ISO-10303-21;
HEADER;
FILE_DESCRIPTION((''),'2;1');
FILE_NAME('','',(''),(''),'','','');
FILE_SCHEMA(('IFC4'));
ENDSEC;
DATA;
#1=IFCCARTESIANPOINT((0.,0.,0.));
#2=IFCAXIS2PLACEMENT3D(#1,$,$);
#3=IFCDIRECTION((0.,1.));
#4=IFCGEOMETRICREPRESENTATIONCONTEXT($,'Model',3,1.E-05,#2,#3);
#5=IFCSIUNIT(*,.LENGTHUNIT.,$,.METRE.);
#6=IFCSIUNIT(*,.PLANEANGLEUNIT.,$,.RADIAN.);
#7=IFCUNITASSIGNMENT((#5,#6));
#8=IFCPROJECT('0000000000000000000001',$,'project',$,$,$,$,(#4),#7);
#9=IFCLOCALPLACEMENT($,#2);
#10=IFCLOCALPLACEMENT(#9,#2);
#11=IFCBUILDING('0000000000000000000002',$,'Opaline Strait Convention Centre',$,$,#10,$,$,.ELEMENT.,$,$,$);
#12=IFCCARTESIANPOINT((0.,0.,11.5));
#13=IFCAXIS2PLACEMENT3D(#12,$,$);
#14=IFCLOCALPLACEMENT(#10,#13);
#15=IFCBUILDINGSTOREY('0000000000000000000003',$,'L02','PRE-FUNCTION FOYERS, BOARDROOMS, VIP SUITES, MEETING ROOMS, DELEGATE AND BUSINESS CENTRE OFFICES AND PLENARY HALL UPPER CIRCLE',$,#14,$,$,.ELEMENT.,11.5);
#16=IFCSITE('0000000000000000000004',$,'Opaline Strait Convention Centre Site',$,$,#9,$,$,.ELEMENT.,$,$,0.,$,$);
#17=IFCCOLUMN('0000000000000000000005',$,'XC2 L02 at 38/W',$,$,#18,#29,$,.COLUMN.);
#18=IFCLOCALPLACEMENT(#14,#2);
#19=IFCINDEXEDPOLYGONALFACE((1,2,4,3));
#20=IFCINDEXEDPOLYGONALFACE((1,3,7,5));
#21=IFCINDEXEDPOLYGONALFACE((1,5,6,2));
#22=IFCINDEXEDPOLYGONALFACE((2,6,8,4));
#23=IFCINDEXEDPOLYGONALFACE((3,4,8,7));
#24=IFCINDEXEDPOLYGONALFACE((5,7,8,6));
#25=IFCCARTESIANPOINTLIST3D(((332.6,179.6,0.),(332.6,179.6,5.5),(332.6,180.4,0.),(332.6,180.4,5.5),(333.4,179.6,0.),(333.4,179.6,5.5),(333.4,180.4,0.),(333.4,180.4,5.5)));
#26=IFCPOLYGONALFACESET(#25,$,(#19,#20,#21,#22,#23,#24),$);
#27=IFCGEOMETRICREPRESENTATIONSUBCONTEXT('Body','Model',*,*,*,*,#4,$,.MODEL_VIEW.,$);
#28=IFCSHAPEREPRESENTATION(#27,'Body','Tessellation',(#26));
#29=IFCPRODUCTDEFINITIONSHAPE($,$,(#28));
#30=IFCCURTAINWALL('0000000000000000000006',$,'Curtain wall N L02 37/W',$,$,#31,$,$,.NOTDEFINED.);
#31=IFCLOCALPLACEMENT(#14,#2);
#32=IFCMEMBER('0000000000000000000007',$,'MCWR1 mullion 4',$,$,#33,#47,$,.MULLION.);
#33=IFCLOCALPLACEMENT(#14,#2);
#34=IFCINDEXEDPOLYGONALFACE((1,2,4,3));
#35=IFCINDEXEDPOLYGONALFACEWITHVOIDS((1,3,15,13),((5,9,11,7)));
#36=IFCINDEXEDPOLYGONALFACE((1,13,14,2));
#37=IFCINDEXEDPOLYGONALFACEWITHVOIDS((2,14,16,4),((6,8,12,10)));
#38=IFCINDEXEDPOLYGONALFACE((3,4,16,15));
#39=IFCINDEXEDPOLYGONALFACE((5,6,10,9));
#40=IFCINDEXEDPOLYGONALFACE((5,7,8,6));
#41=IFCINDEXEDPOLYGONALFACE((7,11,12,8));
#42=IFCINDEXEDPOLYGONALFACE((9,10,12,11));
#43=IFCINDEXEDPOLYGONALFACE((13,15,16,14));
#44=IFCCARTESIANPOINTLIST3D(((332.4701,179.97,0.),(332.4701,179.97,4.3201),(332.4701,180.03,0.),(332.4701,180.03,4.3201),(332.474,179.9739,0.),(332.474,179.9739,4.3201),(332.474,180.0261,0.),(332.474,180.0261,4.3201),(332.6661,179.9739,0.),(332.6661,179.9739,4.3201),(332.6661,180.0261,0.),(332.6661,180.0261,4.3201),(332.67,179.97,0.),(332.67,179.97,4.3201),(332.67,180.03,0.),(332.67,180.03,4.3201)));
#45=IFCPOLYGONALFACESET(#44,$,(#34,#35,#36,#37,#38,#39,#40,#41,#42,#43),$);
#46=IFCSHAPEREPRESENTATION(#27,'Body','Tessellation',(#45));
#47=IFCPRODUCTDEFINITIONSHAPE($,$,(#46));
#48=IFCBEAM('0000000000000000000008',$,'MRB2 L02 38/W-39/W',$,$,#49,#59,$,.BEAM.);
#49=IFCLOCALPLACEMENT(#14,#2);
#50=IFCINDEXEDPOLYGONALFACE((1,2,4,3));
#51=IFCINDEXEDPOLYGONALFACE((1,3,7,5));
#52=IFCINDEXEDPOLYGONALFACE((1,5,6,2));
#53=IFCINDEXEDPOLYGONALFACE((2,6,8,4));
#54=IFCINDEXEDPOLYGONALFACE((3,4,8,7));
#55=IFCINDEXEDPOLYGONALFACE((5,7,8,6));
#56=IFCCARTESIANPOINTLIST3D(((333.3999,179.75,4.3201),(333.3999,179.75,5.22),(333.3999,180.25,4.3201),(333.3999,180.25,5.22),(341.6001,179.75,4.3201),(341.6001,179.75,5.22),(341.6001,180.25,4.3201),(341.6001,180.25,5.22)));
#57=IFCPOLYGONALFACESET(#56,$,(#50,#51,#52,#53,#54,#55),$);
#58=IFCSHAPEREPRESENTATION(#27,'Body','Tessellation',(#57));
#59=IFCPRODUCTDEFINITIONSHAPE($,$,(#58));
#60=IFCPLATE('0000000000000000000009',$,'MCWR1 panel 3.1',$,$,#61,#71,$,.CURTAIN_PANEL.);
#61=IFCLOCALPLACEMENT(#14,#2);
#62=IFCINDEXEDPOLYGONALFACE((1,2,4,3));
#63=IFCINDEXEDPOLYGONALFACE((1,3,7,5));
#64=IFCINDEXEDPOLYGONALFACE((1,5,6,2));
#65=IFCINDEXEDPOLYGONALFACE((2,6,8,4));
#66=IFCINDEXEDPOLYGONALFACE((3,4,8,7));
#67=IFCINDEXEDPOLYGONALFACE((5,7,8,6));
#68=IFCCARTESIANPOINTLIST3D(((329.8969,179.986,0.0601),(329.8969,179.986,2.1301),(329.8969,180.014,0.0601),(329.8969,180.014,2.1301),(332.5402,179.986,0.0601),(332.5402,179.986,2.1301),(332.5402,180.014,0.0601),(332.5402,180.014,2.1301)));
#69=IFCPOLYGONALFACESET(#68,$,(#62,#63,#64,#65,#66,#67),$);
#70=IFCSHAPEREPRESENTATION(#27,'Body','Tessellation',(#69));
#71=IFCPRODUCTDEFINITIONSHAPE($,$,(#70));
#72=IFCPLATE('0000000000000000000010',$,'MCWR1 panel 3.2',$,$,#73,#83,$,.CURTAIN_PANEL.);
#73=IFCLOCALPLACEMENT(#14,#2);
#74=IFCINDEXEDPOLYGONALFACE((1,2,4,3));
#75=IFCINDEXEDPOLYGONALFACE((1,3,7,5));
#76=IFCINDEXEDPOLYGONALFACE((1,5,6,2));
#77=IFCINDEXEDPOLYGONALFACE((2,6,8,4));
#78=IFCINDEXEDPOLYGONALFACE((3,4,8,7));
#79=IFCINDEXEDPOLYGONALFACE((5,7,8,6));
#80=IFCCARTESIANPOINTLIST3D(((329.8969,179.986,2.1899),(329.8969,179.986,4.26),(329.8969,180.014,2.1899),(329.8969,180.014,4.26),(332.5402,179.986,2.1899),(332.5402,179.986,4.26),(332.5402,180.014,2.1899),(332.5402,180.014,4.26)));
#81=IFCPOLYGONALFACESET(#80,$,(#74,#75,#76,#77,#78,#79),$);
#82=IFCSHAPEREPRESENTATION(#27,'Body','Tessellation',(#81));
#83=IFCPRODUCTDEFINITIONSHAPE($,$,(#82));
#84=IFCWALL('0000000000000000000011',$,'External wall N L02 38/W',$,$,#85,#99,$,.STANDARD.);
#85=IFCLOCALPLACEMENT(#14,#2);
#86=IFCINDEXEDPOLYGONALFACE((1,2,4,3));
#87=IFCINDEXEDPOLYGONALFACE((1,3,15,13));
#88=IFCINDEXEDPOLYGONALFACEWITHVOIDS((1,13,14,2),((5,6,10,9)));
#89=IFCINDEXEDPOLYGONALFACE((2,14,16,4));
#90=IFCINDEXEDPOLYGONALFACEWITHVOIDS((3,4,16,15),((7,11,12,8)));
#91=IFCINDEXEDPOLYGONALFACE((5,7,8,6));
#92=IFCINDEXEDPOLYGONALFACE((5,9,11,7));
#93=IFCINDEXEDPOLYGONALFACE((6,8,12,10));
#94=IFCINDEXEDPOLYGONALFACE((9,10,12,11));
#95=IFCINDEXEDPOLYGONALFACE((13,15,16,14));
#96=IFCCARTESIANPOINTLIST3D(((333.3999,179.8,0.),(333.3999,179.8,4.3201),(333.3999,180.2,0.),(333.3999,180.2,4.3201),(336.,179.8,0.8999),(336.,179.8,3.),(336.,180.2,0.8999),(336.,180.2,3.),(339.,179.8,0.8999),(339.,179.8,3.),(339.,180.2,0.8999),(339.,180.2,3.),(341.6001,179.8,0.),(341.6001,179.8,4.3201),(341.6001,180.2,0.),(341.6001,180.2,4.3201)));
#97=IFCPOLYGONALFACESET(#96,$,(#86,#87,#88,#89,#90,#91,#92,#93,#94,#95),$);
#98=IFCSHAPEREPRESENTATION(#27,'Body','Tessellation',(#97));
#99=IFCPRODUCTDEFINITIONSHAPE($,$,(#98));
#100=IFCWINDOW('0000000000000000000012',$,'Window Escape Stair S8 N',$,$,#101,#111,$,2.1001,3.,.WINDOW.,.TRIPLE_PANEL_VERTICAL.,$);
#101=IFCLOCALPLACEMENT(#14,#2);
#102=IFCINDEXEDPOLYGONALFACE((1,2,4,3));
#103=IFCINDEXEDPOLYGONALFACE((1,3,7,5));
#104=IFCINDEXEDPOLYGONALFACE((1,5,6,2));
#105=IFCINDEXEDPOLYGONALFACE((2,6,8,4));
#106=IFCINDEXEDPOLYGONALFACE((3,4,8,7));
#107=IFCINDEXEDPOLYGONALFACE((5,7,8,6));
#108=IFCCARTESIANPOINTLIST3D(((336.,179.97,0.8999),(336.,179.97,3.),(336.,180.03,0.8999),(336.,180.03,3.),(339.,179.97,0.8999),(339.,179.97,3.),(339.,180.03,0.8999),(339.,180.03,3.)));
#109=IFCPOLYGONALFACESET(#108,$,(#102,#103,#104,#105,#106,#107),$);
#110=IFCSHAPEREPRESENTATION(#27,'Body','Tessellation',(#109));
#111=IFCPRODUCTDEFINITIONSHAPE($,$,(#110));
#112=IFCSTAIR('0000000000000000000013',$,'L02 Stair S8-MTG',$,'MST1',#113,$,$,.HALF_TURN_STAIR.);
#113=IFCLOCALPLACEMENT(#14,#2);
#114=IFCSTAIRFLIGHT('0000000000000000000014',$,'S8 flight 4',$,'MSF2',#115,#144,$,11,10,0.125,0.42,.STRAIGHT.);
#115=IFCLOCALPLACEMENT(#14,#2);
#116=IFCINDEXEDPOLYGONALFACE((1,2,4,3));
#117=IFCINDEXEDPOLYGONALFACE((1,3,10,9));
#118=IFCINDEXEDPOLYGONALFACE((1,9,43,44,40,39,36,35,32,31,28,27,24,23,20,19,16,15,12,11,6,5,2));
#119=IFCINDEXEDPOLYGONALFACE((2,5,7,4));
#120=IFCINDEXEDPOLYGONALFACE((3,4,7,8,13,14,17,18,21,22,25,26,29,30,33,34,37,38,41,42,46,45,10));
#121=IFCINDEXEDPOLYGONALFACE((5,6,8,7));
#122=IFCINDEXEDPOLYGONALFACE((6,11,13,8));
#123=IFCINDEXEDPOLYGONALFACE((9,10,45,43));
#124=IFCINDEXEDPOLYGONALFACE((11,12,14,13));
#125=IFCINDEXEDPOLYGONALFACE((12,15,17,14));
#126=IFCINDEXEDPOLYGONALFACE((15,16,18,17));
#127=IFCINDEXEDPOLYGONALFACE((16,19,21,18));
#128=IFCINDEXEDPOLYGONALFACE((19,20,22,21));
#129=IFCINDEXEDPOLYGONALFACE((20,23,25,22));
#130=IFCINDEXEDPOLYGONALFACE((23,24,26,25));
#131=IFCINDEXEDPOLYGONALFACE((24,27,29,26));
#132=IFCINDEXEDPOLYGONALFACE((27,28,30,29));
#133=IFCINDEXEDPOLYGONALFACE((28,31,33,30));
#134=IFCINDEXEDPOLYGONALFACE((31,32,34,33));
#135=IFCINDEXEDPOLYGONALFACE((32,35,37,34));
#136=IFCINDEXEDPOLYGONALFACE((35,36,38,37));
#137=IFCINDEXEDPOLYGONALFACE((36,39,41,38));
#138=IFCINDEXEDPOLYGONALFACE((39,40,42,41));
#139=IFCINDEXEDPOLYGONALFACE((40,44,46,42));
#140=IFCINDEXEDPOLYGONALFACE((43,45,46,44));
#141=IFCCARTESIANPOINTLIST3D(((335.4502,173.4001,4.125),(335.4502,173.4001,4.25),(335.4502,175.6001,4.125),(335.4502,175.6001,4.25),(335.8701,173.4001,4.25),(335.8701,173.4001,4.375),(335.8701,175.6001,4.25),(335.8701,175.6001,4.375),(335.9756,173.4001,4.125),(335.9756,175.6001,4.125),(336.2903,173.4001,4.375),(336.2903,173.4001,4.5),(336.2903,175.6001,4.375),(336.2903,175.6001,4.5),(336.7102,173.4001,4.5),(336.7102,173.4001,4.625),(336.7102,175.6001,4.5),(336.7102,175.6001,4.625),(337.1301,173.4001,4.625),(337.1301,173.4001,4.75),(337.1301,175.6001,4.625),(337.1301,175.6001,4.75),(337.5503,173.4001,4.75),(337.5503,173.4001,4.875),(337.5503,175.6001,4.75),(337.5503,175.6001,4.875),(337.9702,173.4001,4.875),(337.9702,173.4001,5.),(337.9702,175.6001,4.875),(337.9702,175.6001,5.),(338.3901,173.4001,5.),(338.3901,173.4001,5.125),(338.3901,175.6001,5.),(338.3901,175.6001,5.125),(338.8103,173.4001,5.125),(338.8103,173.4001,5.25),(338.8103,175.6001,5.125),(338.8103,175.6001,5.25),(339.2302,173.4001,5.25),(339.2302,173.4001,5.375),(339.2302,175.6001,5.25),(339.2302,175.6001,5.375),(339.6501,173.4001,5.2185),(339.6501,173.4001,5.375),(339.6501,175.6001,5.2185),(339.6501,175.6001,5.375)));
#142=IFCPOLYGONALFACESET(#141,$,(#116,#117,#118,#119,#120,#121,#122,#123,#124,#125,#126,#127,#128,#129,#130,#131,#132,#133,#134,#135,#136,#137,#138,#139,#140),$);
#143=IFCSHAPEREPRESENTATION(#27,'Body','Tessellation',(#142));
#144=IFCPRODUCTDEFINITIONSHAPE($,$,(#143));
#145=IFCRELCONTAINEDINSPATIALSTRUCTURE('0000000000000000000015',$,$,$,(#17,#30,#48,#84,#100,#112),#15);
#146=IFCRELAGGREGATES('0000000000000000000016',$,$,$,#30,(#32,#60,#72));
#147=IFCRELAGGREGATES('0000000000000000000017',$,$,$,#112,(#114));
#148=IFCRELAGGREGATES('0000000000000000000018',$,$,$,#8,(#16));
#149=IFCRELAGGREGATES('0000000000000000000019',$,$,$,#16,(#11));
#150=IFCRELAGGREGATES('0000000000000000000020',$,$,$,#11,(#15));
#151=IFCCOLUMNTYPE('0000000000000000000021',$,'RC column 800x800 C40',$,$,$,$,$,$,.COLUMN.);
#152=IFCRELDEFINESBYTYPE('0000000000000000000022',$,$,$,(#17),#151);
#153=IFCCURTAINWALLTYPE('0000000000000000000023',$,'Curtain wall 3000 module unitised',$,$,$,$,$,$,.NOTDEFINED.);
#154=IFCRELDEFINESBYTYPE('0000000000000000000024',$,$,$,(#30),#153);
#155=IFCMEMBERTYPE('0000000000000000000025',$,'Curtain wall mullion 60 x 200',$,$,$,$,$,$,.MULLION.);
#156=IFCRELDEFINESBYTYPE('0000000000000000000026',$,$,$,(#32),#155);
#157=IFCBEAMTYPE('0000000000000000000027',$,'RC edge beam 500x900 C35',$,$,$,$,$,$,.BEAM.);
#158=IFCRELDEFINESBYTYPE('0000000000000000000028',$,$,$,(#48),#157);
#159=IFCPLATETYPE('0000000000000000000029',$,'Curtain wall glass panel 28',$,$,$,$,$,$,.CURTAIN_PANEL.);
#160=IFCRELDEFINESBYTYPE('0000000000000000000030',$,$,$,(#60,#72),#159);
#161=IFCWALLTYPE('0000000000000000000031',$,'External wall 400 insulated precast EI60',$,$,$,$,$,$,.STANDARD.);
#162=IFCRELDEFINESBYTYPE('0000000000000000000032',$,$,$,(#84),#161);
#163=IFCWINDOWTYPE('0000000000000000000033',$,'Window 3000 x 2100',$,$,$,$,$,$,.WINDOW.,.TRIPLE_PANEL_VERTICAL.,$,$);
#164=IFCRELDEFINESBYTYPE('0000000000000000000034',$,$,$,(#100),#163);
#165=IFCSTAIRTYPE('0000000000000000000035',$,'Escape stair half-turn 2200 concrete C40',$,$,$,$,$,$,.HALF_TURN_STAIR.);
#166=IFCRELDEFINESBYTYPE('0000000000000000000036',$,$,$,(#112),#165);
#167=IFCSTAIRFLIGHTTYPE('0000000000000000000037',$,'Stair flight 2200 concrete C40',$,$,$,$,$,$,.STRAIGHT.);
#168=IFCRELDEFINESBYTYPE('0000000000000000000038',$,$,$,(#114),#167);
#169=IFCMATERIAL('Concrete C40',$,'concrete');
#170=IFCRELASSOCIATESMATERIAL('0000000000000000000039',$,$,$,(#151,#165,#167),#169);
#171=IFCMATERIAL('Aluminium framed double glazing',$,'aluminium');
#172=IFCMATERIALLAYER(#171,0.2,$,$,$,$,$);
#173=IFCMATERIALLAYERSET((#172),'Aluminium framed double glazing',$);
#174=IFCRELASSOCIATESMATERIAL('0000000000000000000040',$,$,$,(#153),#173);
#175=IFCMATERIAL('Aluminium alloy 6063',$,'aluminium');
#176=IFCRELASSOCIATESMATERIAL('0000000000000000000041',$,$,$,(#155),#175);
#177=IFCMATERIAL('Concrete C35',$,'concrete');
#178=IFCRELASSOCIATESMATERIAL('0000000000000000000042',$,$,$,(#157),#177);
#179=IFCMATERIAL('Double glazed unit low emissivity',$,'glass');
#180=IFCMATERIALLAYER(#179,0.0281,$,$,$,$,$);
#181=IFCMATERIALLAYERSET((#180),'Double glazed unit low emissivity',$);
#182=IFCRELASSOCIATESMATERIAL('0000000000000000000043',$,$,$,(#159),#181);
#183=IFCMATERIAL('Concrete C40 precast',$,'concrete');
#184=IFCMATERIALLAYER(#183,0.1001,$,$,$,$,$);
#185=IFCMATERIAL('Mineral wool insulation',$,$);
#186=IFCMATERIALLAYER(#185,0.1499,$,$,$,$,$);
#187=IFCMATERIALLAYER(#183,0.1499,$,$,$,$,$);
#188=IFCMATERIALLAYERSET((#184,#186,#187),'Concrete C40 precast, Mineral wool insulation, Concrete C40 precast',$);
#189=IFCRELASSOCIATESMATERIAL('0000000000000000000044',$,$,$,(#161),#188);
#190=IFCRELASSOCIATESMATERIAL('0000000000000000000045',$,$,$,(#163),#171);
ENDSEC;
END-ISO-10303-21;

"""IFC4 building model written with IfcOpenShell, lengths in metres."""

from ifc_helpers import new_model, si_unit, direction, frame, frame_2d, origin, origin_2d, place, context, subcontext, project, spatial, polyline, rectangle, hollow_rectangle, outline, extrude, material, layer, layer_set, material_profile, profile_set, type_object, element, fill, aggregate, save


model = new_model("IFC4")

# Units and contexts
model_context = context("Model", 3, precision=1e-05, world=origin(), true_north=direction((0.0, 1.0)))
body_context = subcontext(model_context, "Body", "Model", "MODEL_VIEW")
ifc_project = project(units=[si_unit("LENGTHUNIT", "METRE"), si_unit("PLANEANGLEUNIT", "RADIAN")], contexts=[model_context])

# Site, building, storey
site_placement = place(None, origin())
site = spatial("IfcSite", under=ifc_project, at=site_placement, Name="Opaline Strait Convention Centre Site", CompositionType="ELEMENT", RefElevation=0.0)
building_placement = place(site_placement, origin())
building = spatial("IfcBuilding", under=site, at=building_placement, Name="Opaline Strait Convention Centre", CompositionType="ELEMENT")
storey_placement = place(building_placement, frame((0.0, 0.0, 11.5)))
storey = spatial("IfcBuildingStorey", under=building, at=storey_placement, Name="L02", Description="PRE-FUNCTION FOYERS, BOARDROOMS, VIP SUITES, MEETING ROOMS, DELEGATE AND BUSINESS CENTRE OFFICES AND PLENARY HALL UPPER CIRCLE", CompositionType="ELEMENT", Elevation=11.5)

# Column
ifc_material_1 = material(Name="Concrete C40", Category="concrete")
ifc_material_profile_1 = material_profile(ifc_material_1, rectangle(XDim=0.8, YDim=0.8, at=origin_2d()), Name="RC 800x800")
ifc_profile_set_1 = profile_set([ifc_material_profile_1], Name="Concrete C40")
column_type = type_object("IfcColumnType", Name="RC column 800x800 C40", PredefinedType="COLUMN", material=ifc_profile_set_1)
column_placement = place(storey_placement, frame((333.0, 180.0, 0.0), z_axis=(0.0, 0.0, 1.0), x_axis=(1.0, 0.0, 0.0)))
element("IfcColumn", 1, at=column_placement, inside=storey, type_object=column_type, Name="XC2 L02 at 38/W", PredefinedType="COLUMN", context=body_context, shape_type="SweptSolid", body=[
    extrude(rectangle(XDim=0.8, YDim=0.8, at=origin_2d()), origin(), (0.0, 0.0, 1.0), 5.5),
])

# Curtain wall, member
ifc_material_2 = material(Name="Aluminium framed double glazing", Category="aluminium")
ifc_layer_1 = layer(ifc_material_2, 0.2)
ifc_layer_set_1 = layer_set([ifc_layer_1], Name="Aluminium framed double glazing")
curtain_wall_type = type_object("IfcCurtainWallType", Name="Curtain wall 3000 module unitised", PredefinedType="NOTDEFINED", material=ifc_layer_set_1)
curtain_wall_placement = place(storey_placement, origin())
curtain_wall = element("IfcCurtainWall", 2, at=curtain_wall_placement, inside=storey, type_object=curtain_wall_type, Name="Curtain wall N L02 37/W", PredefinedType="NOTDEFINED")
ifc_material_3 = material(Name="Aluminium alloy 6063", Category="aluminium")
ifc_material_profile_2 = material_profile(ifc_material_3, hollow_rectangle(XDim=0.0601, YDim=0.2, WallThickness=0.0039, at=origin_2d()), Name="MULLION 60x200x4")
ifc_profile_set_2 = profile_set([ifc_material_profile_2], Name="Aluminium alloy 6063")
member_type = type_object("IfcMemberType", Name="Curtain wall mullion 60 x 200", PredefinedType="MULLION", material=ifc_profile_set_2)
member_placement = place(storey_placement, frame((332.5701, 180.0, 0.0), z_axis=(0.0, 0.0, 1.0), x_axis=(0.0, 1.0, 0.0)))
member = element("IfcMember", 3, at=member_placement, type_object=member_type, Name="MCWR1 mullion 4", PredefinedType="MULLION", context=body_context, shape_type="SweptSolid", body=[
    extrude(hollow_rectangle(XDim=0.0601, YDim=0.2, WallThickness=0.0039, at=origin_2d()), origin(), (0.0, 0.0, 1.0), 4.3201),
])

# Beam
ifc_material_4 = material(Name="Concrete C35", Category="concrete")
ifc_material_profile_3 = material_profile(ifc_material_4, rectangle(XDim=0.5, YDim=0.8999, at=origin_2d()), Name="RC 500x900")
ifc_profile_set_3 = profile_set([ifc_material_profile_3], Name="Concrete C35")
beam_type = type_object("IfcBeamType", Name="RC edge beam 500x900 C35", PredefinedType="BEAM", material=ifc_profile_set_3)
beam_placement = place(storey_placement, frame((333.3999, 180.0, 4.77), z_axis=(1.0, 0.0, 0.0), x_axis=(0.0, 1.0, 0.0)))
element("IfcBeam", 4, at=beam_placement, inside=storey, type_object=beam_type, Name="MRB2 L02 38/W-39/W", PredefinedType="BEAM", context=body_context, shape_type="SweptSolid", body=[
    extrude(rectangle(XDim=0.5, YDim=0.8999, at=origin_2d()), origin(), (0.0, 0.0, 1.0), 8.2002),
])

# Plates
ifc_material_5 = material(Name="Double glazed unit low emissivity", Category="glass")
ifc_layer_2 = layer(ifc_material_5, 0.0281)
ifc_layer_set_2 = layer_set([ifc_layer_2], Name="Double glazed unit low emissivity")
plate_type = type_object("IfcPlateType", Name="Curtain wall glass panel 28", PredefinedType="CURTAIN_PANEL", material=ifc_layer_set_2)
plate_1_placement = place(storey_placement, frame((331.2185, 180.0, 0.0601), z_axis=(0.0, 0.0, 1.0), x_axis=(1.0, 0.0, 0.0)))
plate_1 = element("IfcPlate", 5, at=plate_1_placement, type_object=plate_type, Name="MCWR1 panel 3.1", PredefinedType="CURTAIN_PANEL", context=body_context, shape_type="SweptSolid", body=[
    extrude(rectangle(XDim=2.6433, YDim=0.0281, at=origin_2d()), origin(), (0.0, 0.0, 1.0), 2.0701),
])
plate_2_placement = place(storey_placement, frame((331.2185, 180.0, 2.1899), z_axis=(0.0, 0.0, 1.0), x_axis=(1.0, 0.0, 0.0)))
plate_2 = element("IfcPlate", 6, at=plate_2_placement, type_object=plate_type, Name="MCWR1 panel 3.2", PredefinedType="CURTAIN_PANEL", context=body_context, shape_type="SweptSolid", body=[
    extrude(rectangle(XDim=2.6433, YDim=0.0281, at=origin_2d()), origin(), (0.0, 0.0, 1.0), 2.0701),
])
aggregate(curtain_wall, [member, plate_1, plate_2])

# Wall, opening, window
ifc_material_6 = material(Name="Concrete C40 precast", Category="concrete")
ifc_layer_3 = layer(ifc_material_6, 0.1001)
ifc_material_7 = material(Name="Mineral wool insulation")
ifc_layer_4 = layer(ifc_material_7, 0.1499)
ifc_layer_5 = layer(ifc_material_6, 0.1499)
ifc_layer_set_3 = layer_set([ifc_layer_3, ifc_layer_4, ifc_layer_5], Name="Concrete C40 precast, Mineral wool insulation, Concrete C40 precast")
wall_type = type_object("IfcWallType", Name="External wall 400 insulated precast EI60", PredefinedType="STANDARD", material=ifc_layer_set_3)
wall_placement = place(storey_placement, frame((333.3999, 180.0, 0.0), z_axis=(0.0, 0.0, 1.0), x_axis=(1.0, 0.0, 0.0)))
wall = element("IfcWall", 7, at=wall_placement, inside=storey, type_object=wall_type, Name="External wall N L02 38/W", PredefinedType="STANDARD", context=body_context, shape_type="SweptSolid", body=[
    extrude(rectangle(XDim=8.2002, YDim=0.3999, at=frame_2d((4.1001, 0.0))), origin(), (0.0, 0.0, 1.0), 4.3201),
])
opening_placement = place(wall_placement, frame((2.6001, 0.0, 0.8999)))
opening = element("IfcOpeningElement", 8, at=opening_placement, cuts=wall, PredefinedType="OPENING", context=body_context, shape_type="SweptSolid", body=[
    extrude(rectangle(XDim=3.0, YDim=2.1001, at=frame_2d((1.5, 1.05))), frame((0.0, 0.21, 0.0), z_axis=(0.0, -1.0, 0.0), x_axis=(1.0, 0.0, 0.0)), (0.0, 0.0, 1.0), 0.4199),
])
window_type = type_object("IfcWindowType", Name="Window 3000 x 2100", PartitioningType="TRIPLE_PANEL_VERTICAL", PredefinedType="WINDOW", material=ifc_material_2)
window_placement = place(opening_placement, origin())
window = element("IfcWindow", 9, at=window_placement, inside=storey, type_object=window_type, Name="Window Escape Stair S8 N", OverallHeight=2.1001, OverallWidth=3.0, PartitioningType="TRIPLE_PANEL_VERTICAL", PredefinedType="WINDOW", context=body_context, shape_type="SweptSolid", body=[
    extrude(rectangle(XDim=3.0, YDim=2.1001, at=frame_2d((1.5, 1.05))), frame((0.0, 0.03, 0.0), z_axis=(0.0, -1.0, 0.0), x_axis=(1.0, 0.0, 0.0)), (0.0, 0.0, 1.0), 0.0601),
])
fill(opening, window)

# Stair, stair flight
stair_type = type_object("IfcStairType", Name="Escape stair half-turn 2200 concrete C40", PredefinedType="HALF_TURN_STAIR", material=ifc_material_1)
stair_placement = place(storey_placement, origin())
stair = element("IfcStair", 10, at=stair_placement, inside=storey, type_object=stair_type, Name="L02 Stair S8-MTG", ObjectType="MST1", PredefinedType="HALF_TURN_STAIR")
stair_flight_type = type_object("IfcStairFlightType", Name="Stair flight 2200 concrete C40", PredefinedType="STRAIGHT", material=ifc_material_1)
stair_flight_placement = place(storey_placement, frame((335.4502, 174.5, 4.125), z_axis=(0.0, 0.0, 1.0), x_axis=(1.0, 0.0, 0.0)))
stair_flight = element("IfcStairFlight", 11, at=stair_flight_placement, type_object=stair_flight_type, Name="S8 flight 4", ObjectType="MSF2", NumberOfRisers=11, NumberOfTreads=10, PredefinedType="STRAIGHT", RiserHeight=0.125, TreadLength=0.42, context=body_context, shape_type="SweptSolid", body=[
    extrude(outline(polyline([(0.0, 0.0), (0.0, 0.125), (0.4199, 0.125), (0.4199, 0.25), (0.8401, 0.25), (0.8401, 0.375), (1.26, 0.375), (1.26, 0.5), (1.6799, 0.5), (1.6799, 0.625), (2.1001, 0.625), (2.1001, 0.75), (2.52, 0.75), (2.52, 0.875), (2.9399, 0.875), (2.9399, 1.0), (3.3601, 1.0), (3.3601, 1.125), (3.78, 1.125), (3.78, 1.25), (4.2, 1.25), (4.2, 1.375), (4.2, 1.0935), (0.5254, 0.0), (0.0, 0.0)])), frame((0.0, 1.1001, 0.0), z_axis=(0.0, -1.0, 0.0), x_axis=(1.0, 0.0, 0.0)), (0.0, 0.0, 1.0), 2.2),
])
aggregate(stair, [stair_flight])

save(model, "model.ifc")
